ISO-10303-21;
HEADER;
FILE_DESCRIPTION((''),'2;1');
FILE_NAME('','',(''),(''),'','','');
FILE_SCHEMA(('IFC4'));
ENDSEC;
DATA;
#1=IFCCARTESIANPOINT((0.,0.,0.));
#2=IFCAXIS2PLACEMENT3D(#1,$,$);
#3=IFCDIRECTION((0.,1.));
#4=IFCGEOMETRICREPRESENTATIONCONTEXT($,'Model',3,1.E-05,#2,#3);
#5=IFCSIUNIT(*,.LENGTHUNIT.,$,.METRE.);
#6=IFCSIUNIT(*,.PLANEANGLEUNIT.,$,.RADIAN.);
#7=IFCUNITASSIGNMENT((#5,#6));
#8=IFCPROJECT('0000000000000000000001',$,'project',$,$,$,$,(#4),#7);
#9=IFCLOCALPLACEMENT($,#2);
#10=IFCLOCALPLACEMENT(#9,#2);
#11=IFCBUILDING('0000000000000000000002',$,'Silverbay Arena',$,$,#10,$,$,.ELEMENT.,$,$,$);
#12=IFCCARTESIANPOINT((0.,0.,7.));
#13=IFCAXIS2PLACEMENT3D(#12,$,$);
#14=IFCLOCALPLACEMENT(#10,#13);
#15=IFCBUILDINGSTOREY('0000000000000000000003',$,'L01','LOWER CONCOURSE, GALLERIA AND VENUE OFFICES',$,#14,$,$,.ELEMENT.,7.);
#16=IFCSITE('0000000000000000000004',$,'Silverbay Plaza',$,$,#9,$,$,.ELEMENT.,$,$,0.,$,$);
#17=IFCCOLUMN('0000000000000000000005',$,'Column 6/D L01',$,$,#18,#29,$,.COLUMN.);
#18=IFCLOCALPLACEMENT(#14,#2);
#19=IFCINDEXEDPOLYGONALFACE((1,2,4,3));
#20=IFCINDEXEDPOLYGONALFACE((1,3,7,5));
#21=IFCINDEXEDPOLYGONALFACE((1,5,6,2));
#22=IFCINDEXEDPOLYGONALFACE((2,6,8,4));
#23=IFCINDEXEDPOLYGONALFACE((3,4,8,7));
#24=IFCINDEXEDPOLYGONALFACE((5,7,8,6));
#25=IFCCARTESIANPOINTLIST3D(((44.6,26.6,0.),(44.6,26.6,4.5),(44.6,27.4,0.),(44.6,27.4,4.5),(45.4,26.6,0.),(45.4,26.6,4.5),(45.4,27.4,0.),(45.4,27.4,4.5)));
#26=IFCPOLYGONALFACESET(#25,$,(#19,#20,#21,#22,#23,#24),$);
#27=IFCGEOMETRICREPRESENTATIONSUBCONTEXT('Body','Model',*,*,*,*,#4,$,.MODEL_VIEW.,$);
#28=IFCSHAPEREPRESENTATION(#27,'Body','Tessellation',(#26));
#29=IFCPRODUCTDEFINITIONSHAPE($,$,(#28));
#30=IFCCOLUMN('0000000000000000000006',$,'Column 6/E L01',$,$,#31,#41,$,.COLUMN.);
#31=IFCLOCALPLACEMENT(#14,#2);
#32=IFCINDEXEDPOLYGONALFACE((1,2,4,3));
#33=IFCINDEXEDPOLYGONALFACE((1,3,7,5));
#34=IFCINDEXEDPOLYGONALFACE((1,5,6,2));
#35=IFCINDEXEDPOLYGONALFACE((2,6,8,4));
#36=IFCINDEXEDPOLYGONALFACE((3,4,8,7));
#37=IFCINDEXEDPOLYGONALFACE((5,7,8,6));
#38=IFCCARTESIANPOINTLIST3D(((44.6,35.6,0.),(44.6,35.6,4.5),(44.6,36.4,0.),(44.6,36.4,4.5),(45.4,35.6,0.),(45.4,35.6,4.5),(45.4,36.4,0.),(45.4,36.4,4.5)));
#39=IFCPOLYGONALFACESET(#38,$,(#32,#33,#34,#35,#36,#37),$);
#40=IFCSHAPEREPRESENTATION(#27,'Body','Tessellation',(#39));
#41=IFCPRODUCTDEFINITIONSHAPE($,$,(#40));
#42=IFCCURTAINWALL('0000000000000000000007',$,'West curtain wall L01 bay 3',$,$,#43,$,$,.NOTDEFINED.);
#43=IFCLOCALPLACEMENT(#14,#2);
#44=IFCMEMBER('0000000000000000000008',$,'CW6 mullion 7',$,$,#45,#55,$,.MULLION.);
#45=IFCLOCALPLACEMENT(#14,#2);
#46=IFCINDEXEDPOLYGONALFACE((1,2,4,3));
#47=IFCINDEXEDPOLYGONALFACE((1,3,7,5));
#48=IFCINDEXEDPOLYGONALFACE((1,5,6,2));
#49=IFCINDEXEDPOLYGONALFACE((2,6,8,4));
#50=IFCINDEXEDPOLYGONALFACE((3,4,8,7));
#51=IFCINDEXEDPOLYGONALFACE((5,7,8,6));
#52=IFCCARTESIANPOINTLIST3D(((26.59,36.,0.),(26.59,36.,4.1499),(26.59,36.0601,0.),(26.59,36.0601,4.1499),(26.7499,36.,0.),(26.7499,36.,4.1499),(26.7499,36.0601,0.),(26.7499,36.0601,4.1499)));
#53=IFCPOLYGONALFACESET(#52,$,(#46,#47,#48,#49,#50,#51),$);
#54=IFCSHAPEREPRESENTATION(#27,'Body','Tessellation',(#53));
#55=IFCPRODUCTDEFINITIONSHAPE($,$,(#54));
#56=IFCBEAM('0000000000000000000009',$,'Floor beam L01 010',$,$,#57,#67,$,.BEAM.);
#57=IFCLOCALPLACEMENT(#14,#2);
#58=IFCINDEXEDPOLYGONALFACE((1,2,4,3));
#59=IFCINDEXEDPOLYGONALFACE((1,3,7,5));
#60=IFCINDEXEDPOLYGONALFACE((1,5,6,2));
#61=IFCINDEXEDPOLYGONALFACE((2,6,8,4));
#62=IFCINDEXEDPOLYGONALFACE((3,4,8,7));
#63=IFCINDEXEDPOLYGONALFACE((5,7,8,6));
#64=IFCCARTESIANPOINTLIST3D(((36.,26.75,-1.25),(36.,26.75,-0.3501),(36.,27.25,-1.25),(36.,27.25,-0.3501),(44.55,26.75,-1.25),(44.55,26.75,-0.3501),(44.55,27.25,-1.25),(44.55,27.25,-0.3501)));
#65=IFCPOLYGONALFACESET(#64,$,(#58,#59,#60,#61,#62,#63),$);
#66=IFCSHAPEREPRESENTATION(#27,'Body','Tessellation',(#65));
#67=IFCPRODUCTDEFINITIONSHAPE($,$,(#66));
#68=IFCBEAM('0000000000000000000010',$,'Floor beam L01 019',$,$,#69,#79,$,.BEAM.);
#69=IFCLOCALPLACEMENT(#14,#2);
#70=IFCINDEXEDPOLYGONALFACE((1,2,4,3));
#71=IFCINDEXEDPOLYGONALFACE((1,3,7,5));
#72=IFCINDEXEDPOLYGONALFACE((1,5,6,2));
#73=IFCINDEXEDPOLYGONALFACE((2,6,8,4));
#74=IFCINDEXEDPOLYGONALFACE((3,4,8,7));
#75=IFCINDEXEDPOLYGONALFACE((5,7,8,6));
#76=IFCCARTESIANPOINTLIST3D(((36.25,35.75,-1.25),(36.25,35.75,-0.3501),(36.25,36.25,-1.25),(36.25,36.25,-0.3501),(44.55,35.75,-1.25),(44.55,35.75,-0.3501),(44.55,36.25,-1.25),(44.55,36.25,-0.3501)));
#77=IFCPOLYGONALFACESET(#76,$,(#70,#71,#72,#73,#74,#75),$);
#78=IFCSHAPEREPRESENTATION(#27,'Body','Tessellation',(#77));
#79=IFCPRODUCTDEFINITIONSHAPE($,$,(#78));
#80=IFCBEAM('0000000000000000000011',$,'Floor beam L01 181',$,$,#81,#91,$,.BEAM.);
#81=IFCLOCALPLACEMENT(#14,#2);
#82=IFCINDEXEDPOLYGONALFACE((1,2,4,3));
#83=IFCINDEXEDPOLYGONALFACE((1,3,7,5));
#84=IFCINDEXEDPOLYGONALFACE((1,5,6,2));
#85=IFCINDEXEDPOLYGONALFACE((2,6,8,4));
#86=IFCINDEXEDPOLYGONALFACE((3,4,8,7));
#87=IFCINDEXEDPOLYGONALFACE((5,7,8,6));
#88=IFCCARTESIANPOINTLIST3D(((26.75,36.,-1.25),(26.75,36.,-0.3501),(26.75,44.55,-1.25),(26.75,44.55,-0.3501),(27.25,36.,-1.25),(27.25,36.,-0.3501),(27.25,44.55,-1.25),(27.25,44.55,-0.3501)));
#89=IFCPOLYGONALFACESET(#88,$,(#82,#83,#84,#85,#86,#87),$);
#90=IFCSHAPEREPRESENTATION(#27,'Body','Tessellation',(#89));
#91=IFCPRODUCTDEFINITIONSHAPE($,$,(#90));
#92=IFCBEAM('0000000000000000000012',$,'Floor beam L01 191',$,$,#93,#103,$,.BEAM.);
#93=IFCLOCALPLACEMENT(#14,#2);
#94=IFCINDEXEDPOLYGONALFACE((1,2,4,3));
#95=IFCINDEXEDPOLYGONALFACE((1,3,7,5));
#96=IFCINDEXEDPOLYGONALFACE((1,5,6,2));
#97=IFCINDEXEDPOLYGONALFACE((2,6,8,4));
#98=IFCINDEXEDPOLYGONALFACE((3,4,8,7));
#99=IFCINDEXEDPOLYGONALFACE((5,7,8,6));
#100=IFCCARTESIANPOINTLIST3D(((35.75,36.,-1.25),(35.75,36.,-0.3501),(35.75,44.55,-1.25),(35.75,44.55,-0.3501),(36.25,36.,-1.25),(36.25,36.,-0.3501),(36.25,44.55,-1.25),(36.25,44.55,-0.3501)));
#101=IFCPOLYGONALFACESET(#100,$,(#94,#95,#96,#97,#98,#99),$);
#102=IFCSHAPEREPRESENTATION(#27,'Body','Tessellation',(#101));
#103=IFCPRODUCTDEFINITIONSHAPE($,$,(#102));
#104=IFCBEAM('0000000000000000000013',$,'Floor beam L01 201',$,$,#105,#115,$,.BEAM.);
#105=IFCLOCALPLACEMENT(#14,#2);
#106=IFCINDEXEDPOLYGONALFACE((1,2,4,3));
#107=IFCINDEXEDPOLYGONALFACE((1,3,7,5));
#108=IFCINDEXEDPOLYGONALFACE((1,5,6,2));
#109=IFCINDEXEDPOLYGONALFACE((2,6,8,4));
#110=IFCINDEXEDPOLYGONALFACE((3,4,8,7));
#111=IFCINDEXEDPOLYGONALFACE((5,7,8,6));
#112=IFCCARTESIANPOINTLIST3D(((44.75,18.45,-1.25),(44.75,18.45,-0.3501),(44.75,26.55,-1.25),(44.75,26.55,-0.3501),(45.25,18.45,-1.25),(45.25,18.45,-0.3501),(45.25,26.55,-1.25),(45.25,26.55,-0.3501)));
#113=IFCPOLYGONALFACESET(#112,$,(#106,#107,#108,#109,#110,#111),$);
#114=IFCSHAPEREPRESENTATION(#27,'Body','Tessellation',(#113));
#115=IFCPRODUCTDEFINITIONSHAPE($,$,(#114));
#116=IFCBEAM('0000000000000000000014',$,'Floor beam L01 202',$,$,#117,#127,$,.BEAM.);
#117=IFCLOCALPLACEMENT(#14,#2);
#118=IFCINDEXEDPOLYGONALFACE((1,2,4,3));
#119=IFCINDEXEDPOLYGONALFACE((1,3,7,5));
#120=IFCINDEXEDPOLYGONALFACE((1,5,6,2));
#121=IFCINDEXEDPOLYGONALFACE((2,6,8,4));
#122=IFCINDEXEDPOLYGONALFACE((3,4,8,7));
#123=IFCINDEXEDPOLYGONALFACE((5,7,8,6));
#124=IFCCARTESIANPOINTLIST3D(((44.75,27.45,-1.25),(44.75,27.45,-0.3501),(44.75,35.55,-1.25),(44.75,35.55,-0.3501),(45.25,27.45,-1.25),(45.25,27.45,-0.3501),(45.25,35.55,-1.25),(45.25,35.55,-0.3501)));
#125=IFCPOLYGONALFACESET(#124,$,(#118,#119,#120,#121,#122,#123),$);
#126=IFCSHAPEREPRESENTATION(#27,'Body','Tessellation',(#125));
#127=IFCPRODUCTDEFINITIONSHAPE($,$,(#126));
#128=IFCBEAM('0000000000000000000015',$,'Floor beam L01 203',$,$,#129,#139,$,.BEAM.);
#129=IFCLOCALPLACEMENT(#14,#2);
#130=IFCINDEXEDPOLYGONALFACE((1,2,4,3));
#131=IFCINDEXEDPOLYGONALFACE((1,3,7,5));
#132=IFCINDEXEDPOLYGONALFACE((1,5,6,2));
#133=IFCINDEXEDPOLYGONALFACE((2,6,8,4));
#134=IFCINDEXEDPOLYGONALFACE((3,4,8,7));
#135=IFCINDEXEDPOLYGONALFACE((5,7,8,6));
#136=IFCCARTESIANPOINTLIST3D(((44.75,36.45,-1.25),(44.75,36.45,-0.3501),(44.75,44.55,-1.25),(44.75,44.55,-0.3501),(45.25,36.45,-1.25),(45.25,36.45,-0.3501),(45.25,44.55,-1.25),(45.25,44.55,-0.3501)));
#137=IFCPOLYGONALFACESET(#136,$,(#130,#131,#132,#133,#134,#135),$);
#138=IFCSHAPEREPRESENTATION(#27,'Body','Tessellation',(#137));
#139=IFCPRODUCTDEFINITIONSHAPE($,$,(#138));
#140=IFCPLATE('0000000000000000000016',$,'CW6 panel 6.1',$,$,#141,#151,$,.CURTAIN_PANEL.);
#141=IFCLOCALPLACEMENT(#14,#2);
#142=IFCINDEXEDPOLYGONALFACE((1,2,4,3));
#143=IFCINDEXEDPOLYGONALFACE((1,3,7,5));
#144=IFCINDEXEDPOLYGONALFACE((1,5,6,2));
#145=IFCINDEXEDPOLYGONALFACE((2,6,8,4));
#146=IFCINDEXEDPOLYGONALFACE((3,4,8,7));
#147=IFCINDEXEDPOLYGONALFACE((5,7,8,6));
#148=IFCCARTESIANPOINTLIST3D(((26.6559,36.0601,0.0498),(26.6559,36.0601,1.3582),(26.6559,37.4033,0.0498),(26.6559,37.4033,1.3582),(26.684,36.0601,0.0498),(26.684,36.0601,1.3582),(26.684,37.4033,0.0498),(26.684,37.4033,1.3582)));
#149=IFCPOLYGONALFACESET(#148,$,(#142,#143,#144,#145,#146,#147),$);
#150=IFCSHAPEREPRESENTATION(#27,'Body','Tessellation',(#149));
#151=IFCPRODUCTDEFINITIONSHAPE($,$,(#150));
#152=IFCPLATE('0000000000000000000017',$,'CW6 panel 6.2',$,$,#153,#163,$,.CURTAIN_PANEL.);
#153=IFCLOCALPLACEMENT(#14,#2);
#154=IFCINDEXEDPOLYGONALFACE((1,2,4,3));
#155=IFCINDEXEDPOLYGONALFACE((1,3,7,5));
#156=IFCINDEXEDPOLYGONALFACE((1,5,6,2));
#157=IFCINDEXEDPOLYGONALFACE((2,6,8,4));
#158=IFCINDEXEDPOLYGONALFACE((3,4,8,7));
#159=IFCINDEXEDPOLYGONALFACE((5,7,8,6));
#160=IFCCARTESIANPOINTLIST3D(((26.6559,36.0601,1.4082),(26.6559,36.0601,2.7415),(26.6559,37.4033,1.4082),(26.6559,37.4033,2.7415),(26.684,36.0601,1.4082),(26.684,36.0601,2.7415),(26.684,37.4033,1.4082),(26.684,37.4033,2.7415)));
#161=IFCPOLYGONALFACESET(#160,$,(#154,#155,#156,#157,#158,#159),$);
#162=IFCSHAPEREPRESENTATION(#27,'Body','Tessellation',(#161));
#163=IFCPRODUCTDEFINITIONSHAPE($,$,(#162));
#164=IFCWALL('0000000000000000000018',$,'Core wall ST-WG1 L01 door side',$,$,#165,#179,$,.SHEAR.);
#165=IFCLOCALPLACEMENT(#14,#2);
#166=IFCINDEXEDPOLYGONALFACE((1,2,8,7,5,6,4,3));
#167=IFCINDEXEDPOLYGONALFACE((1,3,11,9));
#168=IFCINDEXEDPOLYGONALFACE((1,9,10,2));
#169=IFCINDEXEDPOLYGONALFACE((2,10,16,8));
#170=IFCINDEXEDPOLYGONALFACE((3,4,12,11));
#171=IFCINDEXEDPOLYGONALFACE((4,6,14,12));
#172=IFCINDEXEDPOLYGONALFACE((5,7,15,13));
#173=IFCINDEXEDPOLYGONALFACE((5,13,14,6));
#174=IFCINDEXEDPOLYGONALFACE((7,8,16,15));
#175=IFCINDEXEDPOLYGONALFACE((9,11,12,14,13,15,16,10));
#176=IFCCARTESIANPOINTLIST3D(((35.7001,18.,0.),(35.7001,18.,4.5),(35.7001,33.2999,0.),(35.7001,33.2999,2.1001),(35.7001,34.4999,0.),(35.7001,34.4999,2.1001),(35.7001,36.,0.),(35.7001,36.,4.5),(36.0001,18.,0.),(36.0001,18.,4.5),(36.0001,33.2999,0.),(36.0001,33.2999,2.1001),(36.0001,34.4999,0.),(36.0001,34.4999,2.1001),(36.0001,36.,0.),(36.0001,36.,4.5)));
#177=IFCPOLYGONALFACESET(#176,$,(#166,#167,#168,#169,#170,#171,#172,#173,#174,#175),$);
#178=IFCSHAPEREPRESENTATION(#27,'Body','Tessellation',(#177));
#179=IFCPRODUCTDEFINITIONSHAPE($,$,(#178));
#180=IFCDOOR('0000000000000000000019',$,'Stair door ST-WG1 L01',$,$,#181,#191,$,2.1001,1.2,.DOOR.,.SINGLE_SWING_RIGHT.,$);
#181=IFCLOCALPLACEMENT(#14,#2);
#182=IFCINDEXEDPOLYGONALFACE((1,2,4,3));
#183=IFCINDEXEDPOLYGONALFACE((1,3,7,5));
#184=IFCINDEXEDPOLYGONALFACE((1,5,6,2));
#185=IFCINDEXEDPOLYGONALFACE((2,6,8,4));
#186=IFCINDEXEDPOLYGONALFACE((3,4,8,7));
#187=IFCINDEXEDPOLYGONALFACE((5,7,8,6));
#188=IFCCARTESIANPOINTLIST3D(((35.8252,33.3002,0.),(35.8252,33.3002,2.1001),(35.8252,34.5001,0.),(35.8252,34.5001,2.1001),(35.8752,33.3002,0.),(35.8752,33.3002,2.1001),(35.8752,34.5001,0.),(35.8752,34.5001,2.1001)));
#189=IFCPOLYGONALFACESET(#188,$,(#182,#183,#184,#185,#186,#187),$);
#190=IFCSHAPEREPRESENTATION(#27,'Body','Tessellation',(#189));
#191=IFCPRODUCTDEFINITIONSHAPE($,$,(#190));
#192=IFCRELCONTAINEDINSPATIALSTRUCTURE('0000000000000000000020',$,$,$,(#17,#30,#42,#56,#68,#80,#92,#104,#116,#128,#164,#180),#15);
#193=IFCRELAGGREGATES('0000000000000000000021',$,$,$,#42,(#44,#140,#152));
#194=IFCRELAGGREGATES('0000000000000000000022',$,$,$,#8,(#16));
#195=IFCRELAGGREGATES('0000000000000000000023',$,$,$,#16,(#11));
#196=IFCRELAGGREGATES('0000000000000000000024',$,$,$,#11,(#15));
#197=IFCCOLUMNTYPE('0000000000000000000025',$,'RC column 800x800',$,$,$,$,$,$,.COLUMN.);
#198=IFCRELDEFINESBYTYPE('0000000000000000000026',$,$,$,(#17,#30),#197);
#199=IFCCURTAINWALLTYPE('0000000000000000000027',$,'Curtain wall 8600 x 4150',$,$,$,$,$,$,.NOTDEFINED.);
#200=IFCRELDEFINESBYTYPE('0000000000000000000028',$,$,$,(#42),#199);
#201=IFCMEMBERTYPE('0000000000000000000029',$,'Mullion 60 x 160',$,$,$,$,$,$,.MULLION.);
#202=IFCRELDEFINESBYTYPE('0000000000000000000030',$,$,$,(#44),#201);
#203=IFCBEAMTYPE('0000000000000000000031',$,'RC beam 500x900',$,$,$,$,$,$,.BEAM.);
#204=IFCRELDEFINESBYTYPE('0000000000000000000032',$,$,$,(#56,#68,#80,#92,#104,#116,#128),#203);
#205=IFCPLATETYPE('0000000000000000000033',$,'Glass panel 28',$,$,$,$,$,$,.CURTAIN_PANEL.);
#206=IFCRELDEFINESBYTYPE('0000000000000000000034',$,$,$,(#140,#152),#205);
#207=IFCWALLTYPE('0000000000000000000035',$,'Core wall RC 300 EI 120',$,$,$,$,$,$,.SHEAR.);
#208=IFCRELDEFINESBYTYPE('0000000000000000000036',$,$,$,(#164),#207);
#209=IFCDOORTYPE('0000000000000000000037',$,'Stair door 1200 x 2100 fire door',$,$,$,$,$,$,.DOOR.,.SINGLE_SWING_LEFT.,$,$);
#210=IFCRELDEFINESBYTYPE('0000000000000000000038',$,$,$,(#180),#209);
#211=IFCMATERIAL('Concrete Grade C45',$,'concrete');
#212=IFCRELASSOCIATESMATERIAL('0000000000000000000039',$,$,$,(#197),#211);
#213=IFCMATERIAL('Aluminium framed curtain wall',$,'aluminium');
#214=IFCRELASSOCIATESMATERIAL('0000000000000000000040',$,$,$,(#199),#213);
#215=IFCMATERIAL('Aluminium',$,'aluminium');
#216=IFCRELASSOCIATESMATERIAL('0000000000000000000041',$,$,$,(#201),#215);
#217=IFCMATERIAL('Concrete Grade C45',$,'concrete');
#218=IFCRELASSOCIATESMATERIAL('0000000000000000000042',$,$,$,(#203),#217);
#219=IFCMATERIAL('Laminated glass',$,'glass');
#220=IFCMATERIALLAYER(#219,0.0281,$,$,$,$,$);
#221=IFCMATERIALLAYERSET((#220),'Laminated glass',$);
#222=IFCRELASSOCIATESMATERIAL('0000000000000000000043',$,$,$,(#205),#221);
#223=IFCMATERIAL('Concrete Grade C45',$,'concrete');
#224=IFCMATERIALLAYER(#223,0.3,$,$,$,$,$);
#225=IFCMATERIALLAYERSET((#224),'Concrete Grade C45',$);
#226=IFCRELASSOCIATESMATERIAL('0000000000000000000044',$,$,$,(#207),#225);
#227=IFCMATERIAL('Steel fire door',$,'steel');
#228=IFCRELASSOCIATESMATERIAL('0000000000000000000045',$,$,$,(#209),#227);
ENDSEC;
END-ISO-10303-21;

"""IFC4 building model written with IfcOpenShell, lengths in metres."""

from ifc_helpers import new_model, si_unit, direction, frame, frame_2d, origin, origin_2d, place, context, subcontext, project, spatial, rectangle, extrude, material, layer, layer_set, material_profile, profile_set, type_object, element, fill, aggregate, save


model = new_model("IFC4")

# Units and contexts
model_context = context("Model", 3, precision=1e-05, world=origin(), true_north=direction((0.0, 1.0)))
body_context = subcontext(model_context, "Body", "Model", "MODEL_VIEW")
ifc_project = project(units=[si_unit("LENGTHUNIT", "METRE"), si_unit("PLANEANGLEUNIT", "RADIAN")], contexts=[model_context])

# Site, building, storey
site_placement = place(None, origin())
site = spatial("IfcSite", under=ifc_project, at=site_placement, Name="Silverbay Plaza", CompositionType="ELEMENT", RefElevation=0.0)
building_placement = place(site_placement, origin())
building = spatial("IfcBuilding", under=site, at=building_placement, Name="Silverbay Arena", CompositionType="ELEMENT")
storey_placement = place(building_placement, frame((0.0, 0.0, 7.0)))
storey = spatial("IfcBuildingStorey", under=building, at=storey_placement, Name="L01", Description="LOWER CONCOURSE, GALLERIA AND VENUE OFFICES", CompositionType="ELEMENT", Elevation=7.0)

# Columns
ifc_material_1 = material(Name="Concrete Grade C45", Category="concrete")
ifc_material_profile_1 = material_profile(ifc_material_1, rectangle(XDim=0.8, YDim=0.8, at=origin_2d()), Name="RC 800x800")
ifc_profile_set_1 = profile_set([ifc_material_profile_1], Name="Concrete Grade C45")
column_type = type_object("IfcColumnType", Name="RC column 800x800", PredefinedType="COLUMN", material=ifc_profile_set_1)
for number, where, z_axis, x_axis, name in (
    (1, (45.0, 27.0, 0.0), (0.0, 0.0, 1.0), (1.0, 0.0, 0.0), "Column 6/D L01"),
    (2, (45.0, 36.0, 0.0), (0.0, 0.0, 1.0), (1.0, 0.0, 0.0), "Column 6/E L01"),
):
    element("IfcColumn", number, at=place(storey_placement, frame(where, z_axis=z_axis, x_axis=x_axis)), inside=storey, type_object=column_type, Name=name, PredefinedType="COLUMN", context=body_context, shape_type="SweptSolid", body=[
        extrude(rectangle(XDim=0.8, YDim=0.8, at=origin_2d()), origin(), (0.0, 0.0, 1.0), 4.5),
    ])

# Curtain wall, member
ifc_material_2 = material(Name="Aluminium framed curtain wall", Category="aluminium")
curtain_wall_type = type_object("IfcCurtainWallType", Name="Curtain wall 8600 x 4150", PredefinedType="NOTDEFINED", material=ifc_material_2)
curtain_wall_placement = place(storey_placement, origin())
curtain_wall = element("IfcCurtainWall", 3, at=curtain_wall_placement, inside=storey, type_object=curtain_wall_type, Name="West curtain wall L01 bay 3", PredefinedType="NOTDEFINED")
ifc_material_3 = material(Name="Aluminium", Category="aluminium")
ifc_material_profile_2 = material_profile(ifc_material_3, rectangle(XDim=0.1599, YDim=0.0601, at=origin_2d()), Name="Mullion 60 x 160")
ifc_profile_set_2 = profile_set([ifc_material_profile_2], Name="Aluminium")
member_type = type_object("IfcMemberType", Name="Mullion 60 x 160", PredefinedType="MULLION", material=ifc_profile_set_2)
member_placement = place(storey_placement, frame((26.6699, 36.03, 0.0), z_axis=(0.0, 0.0, 1.0), x_axis=(1.0, 0.0, 0.0)))
member = element("IfcMember", 4, at=member_placement, type_object=member_type, Name="CW6 mullion 7", PredefinedType="MULLION", context=body_context, shape_type="SweptSolid", body=[
    extrude(rectangle(XDim=0.1599, YDim=0.0601, at=origin_2d()), origin(), (0.0, 0.0, 1.0), 4.1499),
])

# Beams
ifc_material_4 = material(Name="Concrete Grade C45", Category="concrete")
ifc_material_profile_3 = material_profile(ifc_material_4, rectangle(XDim=0.5, YDim=0.8999, at=origin_2d()), Name="RC 500x900")
ifc_profile_set_3 = profile_set([ifc_material_profile_3], Name="Concrete Grade C45")
beam_type = type_object("IfcBeamType", Name="RC beam 500x900", PredefinedType="BEAM", material=ifc_profile_set_3)
beam_1_placement = place(storey_placement, frame((36.0, 27.0, -0.8), z_axis=(1.0, 0.0, 0.0), x_axis=(0.0, 1.0, 0.0)))
element("IfcBeam", 5, at=beam_1_placement, inside=storey, type_object=beam_type, Name="Floor beam L01 010", PredefinedType="BEAM", context=body_context, shape_type="SweptSolid", body=[
    extrude(rectangle(XDim=0.5, YDim=0.8999, at=origin_2d()), origin(), (0.0, 0.0, 1.0), 8.55),
])
beam_2_placement = place(storey_placement, frame((36.25, 36.0, -0.8), z_axis=(1.0, 0.0, 0.0), x_axis=(0.0, 1.0, 0.0)))
element("IfcBeam", 6, at=beam_2_placement, inside=storey, type_object=beam_type, Name="Floor beam L01 019", PredefinedType="BEAM", context=body_context, shape_type="SweptSolid", body=[
    extrude(rectangle(XDim=0.5, YDim=0.8999, at=origin_2d()), origin(), (0.0, 0.0, 1.0), 8.3),
])
for number, where, z_axis, x_axis, name in (
    (7, (27.0, 36.0, -0.8), (0.0, 1.0, 0.0), (-1.0, 0.0, 0.0), "Floor beam L01 181"),
    (8, (36.0, 36.0, -0.8), (0.0, 1.0, 0.0), (-1.0, 0.0, 0.0), "Floor beam L01 191"),
):
    element("IfcBeam", number, at=place(storey_placement, frame(where, z_axis=z_axis, x_axis=x_axis)), inside=storey, type_object=beam_type, Name=name, PredefinedType="BEAM", context=body_context, shape_type="SweptSolid", body=[
        extrude(rectangle(XDim=0.5, YDim=0.8999, at=origin_2d()), origin(), (0.0, 0.0, 1.0), 8.55),
    ])
for number, where, z_axis, x_axis, name in (
    (9, (45.0, 18.45, -0.8), (0.0, 1.0, 0.0), (-1.0, 0.0, 0.0), "Floor beam L01 201"),
    (10, (45.0, 27.45, -0.8), (0.0, 1.0, 0.0), (-1.0, 0.0, 0.0), "Floor beam L01 202"),
    (11, (45.0, 36.45, -0.8), (0.0, 1.0, 0.0), (-1.0, 0.0, 0.0), "Floor beam L01 203"),
):
    element("IfcBeam", number, at=place(storey_placement, frame(where, z_axis=z_axis, x_axis=x_axis)), inside=storey, type_object=beam_type, Name=name, PredefinedType="BEAM", context=body_context, shape_type="SweptSolid", body=[
        extrude(rectangle(XDim=0.5, YDim=0.8999, at=origin_2d()), origin(), (0.0, 0.0, 1.0), 8.1001),
    ])

# Plates
ifc_material_5 = material(Name="Laminated glass", Category="glass")
ifc_layer_1 = layer(ifc_material_5, 0.0281)
ifc_layer_set_1 = layer_set([ifc_layer_1], Name="Laminated glass")
plate_type = type_object("IfcPlateType", Name="Glass panel 28", PredefinedType="CURTAIN_PANEL", material=ifc_layer_set_1)
plate_1_placement = place(storey_placement, frame((26.6699, 36.7317, 0.0498), z_axis=(0.0, 0.0, 1.0), x_axis=(0.0, -1.0, 0.0)))
plate_1 = element("IfcPlate", 12, at=plate_1_placement, type_object=plate_type, Name="CW6 panel 6.1", PredefinedType="CURTAIN_PANEL", context=body_context, shape_type="SweptSolid", body=[
    extrude(rectangle(XDim=1.3433, YDim=0.0281, at=origin_2d()), origin(), (0.0, 0.0, 1.0), 1.3083),
])
plate_2_placement = place(storey_placement, frame((26.6699, 36.7317, 1.4082), z_axis=(0.0, 0.0, 1.0), x_axis=(0.0, -1.0, 0.0)))
plate_2 = element("IfcPlate", 13, at=plate_2_placement, type_object=plate_type, Name="CW6 panel 6.2", PredefinedType="CURTAIN_PANEL", context=body_context, shape_type="SweptSolid", body=[
    extrude(rectangle(XDim=1.3433, YDim=0.0281, at=origin_2d()), origin(), (0.0, 0.0, 1.0), 1.3333),
])
aggregate(curtain_wall, [member, plate_1, plate_2])

# Wall, opening, door
ifc_material_6 = material(Name="Concrete Grade C45", Category="concrete")
ifc_layer_2 = layer(ifc_material_6, 0.3)
ifc_layer_set_2 = layer_set([ifc_layer_2], Name="Concrete Grade C45")
wall_type_1 = type_object("IfcWallType", Name="Core wall RC 300 EI 120", PredefinedType="SHEAR", material=ifc_layer_set_2)
wall_1_placement = place(storey_placement, frame((35.8501, 36.0, 0.0), z_axis=(0.0, 0.0, 1.0), x_axis=(0.0, -1.0, 0.0)))
wall_1 = element("IfcWall", 14, at=wall_1_placement, inside=storey, type_object=wall_type_1, Name="Core wall ST-WG1 L01 door side", PredefinedType="SHEAR", context=body_context, shape_type="SweptSolid", body=[
    extrude(rectangle(XDim=18.0, YDim=0.3, at=frame_2d((9.0, 0.0))), origin(), (0.0, 0.0, 1.0), 4.5),
])
opening_1_placement = place(wall_1_placement, frame((1.5, 0.0, 0.0)))
opening_1 = element("IfcOpeningElement", 15, at=opening_1_placement, cuts=wall_1, PredefinedType="OPENING", context=body_context, shape_type="SweptSolid", body=[
    extrude(rectangle(XDim=1.2, YDim=2.1001, at=frame_2d((0.6001, 1.05))), frame((0.0, 0.1602, 0.0), z_axis=(0.0, -1.0, 0.0), x_axis=(1.0, 0.0, 0.0)), (0.0, 0.0, 1.0), 0.3201),
])
ifc_material_7 = material(Name="Steel fire door", Category="steel")
door_type_1 = type_object("IfcDoorType", Name="Stair door 1200 x 2100 fire door", OperationType="SINGLE_SWING_LEFT", PredefinedType="DOOR", material=ifc_material_7)
door_1_placement = place(opening_1_placement, frame((1.2, 0.0, 0.0), z_axis=(0.0, 0.0, 1.0), x_axis=(-1.0, 0.0, 0.0)))
door_1 = element("IfcDoor", 16, at=door_1_placement, inside=storey, type_object=door_type_1, Name="Stair door ST-WG1 L01", OperationType="SINGLE_SWING_RIGHT", OverallHeight=2.1001, OverallWidth=1.2, PredefinedType="DOOR", context=body_context, shape_type="SweptSolid", body=[
    extrude(rectangle(XDim=1.2, YDim=2.1001, at=frame_2d((0.6001, 1.05))), frame((0.0, 0.0249, 0.0), z_axis=(0.0, -1.0, 0.0), x_axis=(1.0, 0.0, 0.0)), (0.0, 0.0, 1.0), 0.05),
])
fill(opening_1, door_1)

save(model, "model.ifc")
